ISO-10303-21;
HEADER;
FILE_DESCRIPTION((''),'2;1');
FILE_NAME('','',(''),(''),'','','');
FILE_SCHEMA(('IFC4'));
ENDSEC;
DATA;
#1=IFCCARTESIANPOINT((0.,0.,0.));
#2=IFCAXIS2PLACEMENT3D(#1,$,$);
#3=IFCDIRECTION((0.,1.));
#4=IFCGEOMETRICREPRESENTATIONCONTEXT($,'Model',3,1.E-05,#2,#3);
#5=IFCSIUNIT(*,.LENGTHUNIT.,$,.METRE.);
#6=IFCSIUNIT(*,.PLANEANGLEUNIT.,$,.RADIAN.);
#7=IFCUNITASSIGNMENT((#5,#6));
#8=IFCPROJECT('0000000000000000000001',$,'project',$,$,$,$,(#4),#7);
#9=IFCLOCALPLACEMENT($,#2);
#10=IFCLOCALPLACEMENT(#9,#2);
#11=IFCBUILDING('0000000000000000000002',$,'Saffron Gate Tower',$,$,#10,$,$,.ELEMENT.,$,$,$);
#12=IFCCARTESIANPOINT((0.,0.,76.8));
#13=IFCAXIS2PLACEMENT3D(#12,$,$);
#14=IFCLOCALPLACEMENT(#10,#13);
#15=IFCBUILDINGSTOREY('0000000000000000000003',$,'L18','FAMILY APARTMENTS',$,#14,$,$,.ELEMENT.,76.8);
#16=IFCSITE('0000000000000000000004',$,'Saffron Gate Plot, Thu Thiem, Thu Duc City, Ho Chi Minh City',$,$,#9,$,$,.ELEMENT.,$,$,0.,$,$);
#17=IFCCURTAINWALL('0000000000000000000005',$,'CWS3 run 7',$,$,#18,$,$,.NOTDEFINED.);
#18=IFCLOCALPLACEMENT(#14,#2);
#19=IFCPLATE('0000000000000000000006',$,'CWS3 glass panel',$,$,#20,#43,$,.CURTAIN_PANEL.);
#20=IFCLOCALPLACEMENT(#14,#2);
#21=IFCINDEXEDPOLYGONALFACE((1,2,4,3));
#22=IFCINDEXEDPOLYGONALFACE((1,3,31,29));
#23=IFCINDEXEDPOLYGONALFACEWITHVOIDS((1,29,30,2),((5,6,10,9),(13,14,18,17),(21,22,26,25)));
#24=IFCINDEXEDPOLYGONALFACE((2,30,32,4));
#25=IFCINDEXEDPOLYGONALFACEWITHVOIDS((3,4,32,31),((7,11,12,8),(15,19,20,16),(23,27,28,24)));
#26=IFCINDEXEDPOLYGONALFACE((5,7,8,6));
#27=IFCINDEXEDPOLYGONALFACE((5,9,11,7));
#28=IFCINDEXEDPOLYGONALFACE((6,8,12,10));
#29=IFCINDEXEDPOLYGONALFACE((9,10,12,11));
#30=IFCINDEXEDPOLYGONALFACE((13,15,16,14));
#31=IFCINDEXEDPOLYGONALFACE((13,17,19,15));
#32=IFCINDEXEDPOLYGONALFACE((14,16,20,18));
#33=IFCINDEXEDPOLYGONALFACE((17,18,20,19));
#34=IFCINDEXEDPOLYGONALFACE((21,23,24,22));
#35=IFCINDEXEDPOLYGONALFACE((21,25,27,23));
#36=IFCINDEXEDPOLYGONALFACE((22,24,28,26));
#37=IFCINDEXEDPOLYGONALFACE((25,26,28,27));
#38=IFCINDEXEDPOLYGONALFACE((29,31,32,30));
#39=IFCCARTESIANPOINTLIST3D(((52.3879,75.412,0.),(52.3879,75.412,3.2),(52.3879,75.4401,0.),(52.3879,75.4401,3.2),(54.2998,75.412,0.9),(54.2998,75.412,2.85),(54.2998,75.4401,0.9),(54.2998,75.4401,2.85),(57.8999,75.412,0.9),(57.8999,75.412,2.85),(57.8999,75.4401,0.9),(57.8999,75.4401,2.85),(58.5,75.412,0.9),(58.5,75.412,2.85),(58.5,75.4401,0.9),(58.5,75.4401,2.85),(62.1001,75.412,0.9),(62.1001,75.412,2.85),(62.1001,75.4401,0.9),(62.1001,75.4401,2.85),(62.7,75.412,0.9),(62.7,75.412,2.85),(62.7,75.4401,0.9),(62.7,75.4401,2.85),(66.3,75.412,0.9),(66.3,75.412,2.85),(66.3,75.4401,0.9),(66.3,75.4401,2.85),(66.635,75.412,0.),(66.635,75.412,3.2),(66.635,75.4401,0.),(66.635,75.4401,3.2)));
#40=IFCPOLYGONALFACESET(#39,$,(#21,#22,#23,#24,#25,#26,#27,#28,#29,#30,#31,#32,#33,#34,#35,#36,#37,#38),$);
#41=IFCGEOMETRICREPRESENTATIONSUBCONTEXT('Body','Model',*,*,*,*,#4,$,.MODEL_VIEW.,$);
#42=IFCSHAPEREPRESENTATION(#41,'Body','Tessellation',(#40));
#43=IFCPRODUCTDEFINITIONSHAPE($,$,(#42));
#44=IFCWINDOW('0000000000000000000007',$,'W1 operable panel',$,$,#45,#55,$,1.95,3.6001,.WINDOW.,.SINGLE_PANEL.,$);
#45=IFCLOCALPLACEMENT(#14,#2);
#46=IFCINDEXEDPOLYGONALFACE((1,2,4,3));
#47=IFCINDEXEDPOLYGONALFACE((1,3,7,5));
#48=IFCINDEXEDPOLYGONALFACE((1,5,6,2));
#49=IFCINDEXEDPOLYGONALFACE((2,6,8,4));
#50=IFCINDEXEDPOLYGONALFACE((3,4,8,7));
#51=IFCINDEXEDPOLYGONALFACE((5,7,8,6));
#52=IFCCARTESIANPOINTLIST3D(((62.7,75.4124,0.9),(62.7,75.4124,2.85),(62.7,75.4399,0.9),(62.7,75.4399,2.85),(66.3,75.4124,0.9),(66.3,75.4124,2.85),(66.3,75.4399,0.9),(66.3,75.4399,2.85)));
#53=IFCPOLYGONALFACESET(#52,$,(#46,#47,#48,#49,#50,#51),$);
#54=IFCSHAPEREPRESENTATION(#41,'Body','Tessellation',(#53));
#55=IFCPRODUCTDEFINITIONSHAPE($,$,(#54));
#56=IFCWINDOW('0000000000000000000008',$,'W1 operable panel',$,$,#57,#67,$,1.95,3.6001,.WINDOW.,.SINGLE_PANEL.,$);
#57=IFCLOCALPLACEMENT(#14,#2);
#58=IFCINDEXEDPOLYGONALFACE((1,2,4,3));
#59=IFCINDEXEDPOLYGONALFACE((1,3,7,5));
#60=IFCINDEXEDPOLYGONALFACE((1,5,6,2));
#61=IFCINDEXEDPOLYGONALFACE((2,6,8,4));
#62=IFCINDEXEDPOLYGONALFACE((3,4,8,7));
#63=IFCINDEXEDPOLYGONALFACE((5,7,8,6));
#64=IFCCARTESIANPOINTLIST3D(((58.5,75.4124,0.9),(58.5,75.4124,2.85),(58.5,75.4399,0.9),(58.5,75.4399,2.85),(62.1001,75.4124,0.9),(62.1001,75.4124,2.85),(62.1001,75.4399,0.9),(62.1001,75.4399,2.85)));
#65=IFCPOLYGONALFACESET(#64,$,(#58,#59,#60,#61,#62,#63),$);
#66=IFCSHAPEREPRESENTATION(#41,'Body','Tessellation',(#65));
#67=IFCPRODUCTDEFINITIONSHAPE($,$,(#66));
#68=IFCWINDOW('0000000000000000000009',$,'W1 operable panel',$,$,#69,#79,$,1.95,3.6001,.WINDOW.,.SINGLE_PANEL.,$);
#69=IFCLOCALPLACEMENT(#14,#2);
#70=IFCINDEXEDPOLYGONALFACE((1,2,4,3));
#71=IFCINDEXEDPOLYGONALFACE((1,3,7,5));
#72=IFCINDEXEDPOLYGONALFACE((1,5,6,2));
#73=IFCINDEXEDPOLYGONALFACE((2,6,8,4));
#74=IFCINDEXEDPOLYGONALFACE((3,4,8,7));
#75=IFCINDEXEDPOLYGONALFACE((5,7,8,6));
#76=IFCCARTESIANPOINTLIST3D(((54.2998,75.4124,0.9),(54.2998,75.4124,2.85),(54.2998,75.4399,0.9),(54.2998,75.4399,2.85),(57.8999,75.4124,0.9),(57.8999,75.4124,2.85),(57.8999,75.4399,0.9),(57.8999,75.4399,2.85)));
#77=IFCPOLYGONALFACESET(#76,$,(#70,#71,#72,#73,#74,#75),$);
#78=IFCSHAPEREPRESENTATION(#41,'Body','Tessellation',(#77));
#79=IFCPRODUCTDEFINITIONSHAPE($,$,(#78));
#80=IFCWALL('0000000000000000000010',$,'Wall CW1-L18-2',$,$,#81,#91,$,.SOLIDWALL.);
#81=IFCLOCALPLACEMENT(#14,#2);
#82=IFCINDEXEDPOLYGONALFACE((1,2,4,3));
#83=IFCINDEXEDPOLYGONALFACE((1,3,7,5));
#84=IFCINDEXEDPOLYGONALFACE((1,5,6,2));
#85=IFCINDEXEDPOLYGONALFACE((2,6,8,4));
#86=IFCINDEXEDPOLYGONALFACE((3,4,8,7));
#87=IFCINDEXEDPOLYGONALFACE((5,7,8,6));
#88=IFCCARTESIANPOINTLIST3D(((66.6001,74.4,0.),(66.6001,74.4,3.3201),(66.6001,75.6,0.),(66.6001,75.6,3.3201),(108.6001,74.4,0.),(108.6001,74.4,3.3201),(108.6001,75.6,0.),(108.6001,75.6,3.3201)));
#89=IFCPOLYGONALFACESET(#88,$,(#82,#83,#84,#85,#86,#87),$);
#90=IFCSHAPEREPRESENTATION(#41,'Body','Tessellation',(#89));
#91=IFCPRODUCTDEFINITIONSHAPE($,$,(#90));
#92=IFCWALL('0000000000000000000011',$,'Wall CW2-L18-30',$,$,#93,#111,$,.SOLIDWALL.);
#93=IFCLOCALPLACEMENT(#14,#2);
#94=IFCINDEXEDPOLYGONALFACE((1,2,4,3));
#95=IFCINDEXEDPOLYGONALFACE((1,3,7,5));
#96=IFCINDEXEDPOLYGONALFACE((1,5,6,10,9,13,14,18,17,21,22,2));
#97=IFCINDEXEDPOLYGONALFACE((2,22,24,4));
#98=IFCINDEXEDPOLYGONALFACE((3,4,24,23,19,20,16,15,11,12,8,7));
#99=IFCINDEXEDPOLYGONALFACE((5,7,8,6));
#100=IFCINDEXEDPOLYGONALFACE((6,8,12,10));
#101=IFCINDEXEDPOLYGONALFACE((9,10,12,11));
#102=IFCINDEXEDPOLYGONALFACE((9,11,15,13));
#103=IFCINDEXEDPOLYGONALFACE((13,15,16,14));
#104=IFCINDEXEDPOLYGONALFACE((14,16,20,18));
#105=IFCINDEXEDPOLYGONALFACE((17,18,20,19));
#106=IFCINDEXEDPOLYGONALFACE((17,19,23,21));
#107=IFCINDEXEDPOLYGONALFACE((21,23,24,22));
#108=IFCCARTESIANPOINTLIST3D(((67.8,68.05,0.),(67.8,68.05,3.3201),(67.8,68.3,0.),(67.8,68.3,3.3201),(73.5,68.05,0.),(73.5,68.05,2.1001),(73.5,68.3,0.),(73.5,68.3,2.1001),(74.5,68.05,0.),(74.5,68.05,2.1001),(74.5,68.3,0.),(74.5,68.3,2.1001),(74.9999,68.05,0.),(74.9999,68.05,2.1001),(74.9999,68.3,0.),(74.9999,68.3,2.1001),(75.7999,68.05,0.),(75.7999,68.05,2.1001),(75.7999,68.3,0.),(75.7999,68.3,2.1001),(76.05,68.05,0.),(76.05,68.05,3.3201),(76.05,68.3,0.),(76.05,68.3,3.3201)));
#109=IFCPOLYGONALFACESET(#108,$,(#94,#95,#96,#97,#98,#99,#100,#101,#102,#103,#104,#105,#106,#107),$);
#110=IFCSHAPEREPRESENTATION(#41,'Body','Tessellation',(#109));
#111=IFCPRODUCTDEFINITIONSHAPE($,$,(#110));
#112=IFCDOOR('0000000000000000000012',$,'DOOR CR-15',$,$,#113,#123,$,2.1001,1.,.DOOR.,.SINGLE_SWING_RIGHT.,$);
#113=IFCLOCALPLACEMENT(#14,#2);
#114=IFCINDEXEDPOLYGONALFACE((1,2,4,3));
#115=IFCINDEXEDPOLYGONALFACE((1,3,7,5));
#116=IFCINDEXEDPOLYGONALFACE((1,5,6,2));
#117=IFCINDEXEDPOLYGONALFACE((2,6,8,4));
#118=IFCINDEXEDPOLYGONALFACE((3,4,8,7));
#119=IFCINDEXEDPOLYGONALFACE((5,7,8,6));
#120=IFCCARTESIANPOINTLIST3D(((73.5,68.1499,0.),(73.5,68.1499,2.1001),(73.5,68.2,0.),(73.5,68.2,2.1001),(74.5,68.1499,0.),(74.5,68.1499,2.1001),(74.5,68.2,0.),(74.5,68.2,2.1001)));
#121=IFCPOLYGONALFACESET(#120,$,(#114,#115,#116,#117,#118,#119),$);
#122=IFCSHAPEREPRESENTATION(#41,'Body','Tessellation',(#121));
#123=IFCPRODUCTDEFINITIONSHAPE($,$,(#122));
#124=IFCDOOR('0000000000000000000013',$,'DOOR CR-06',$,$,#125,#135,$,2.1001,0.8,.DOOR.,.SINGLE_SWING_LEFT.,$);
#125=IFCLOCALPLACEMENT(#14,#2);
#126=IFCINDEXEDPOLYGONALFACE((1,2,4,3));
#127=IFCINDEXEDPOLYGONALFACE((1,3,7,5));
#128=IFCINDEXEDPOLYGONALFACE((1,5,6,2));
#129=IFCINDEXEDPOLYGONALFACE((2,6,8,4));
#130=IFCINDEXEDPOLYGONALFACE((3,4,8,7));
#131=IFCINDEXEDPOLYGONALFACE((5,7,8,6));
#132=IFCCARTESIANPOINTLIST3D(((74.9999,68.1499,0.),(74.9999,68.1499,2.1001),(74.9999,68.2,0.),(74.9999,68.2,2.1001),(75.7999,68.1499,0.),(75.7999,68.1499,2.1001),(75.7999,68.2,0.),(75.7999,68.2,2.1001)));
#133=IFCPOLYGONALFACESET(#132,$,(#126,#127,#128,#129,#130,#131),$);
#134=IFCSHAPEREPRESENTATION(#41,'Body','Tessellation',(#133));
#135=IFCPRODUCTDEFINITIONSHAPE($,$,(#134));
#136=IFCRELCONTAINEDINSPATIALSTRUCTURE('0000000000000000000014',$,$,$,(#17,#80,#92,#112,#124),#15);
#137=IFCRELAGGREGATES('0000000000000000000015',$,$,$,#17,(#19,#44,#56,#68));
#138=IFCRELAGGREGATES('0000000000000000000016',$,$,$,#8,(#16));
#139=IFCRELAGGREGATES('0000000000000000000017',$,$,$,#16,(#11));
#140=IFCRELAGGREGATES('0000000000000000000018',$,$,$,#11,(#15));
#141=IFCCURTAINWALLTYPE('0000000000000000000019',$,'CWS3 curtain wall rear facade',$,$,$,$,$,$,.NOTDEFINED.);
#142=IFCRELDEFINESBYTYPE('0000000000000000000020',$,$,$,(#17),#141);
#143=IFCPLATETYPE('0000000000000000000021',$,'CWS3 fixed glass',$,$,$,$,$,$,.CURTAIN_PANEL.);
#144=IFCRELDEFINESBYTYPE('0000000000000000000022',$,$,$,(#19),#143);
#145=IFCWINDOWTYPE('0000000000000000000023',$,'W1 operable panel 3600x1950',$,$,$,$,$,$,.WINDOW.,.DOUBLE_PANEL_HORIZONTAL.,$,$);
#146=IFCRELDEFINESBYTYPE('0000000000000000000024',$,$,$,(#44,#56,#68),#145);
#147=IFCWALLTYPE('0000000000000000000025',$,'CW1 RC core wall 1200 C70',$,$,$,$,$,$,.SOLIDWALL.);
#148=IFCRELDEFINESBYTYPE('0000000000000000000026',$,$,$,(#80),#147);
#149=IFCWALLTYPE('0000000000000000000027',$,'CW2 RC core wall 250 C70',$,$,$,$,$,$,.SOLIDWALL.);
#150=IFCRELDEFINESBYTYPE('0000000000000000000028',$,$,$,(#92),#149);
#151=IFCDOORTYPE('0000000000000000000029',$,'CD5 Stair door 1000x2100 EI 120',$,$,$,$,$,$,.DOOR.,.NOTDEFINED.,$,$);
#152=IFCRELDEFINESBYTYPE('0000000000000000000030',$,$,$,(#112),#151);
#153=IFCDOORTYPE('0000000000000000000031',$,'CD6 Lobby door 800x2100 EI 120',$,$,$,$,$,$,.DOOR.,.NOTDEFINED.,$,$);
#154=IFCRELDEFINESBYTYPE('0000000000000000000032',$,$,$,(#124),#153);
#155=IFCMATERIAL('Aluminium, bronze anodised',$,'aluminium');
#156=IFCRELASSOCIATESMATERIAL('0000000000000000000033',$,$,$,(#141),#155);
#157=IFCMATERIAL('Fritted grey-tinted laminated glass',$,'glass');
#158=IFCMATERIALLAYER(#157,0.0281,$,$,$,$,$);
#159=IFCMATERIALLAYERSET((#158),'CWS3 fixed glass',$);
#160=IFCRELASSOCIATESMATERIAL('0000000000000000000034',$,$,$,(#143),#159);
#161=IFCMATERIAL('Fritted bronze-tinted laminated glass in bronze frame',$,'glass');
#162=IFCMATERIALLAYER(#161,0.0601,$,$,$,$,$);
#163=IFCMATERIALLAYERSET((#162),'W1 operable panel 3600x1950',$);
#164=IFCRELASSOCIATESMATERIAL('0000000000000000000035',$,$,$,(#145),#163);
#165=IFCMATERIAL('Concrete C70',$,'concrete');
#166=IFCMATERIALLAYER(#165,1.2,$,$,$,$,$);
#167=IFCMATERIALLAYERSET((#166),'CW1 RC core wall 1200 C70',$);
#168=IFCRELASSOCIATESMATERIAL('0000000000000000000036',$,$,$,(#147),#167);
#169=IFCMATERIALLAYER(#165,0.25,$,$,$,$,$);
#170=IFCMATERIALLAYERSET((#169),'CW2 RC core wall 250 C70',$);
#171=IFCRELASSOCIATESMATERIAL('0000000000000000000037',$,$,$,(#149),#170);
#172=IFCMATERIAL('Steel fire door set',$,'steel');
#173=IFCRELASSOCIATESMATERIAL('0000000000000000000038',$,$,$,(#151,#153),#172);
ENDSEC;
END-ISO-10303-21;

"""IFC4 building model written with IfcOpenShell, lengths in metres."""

from ifc_helpers import new_model, si_unit, direction, frame, frame_2d, origin, place, context, subcontext, project, spatial, rectangle, extrude, material, layer, layer_set, type_object, element, fill, aggregate, save


model = new_model("IFC4")

# Units and contexts
model_context = context("Model", 3, precision=1e-05, world=origin(), true_north=direction((0.0, 1.0)))
body_context = subcontext(model_context, "Body", "Model", "MODEL_VIEW")
ifc_project = project(units=[si_unit("LENGTHUNIT", "METRE"), si_unit("PLANEANGLEUNIT", "RADIAN")], contexts=[model_context])

# Site, building, storey
site_placement = place(None, origin())
site = spatial("IfcSite", under=ifc_project, at=site_placement, Name="Saffron Gate Plot, Thu Thiem, Thu Duc City, Ho Chi Minh City", CompositionType="ELEMENT", RefElevation=0.0)
building_placement = place(site_placement, origin())
building = spatial("IfcBuilding", under=site, at=building_placement, Name="Saffron Gate Tower", CompositionType="ELEMENT")
storey_placement = place(building_placement, frame((0.0, 0.0, 76.8)))
storey = spatial("IfcBuildingStorey", under=building, at=storey_placement, Name="L18", Description="FAMILY APARTMENTS", CompositionType="ELEMENT", Elevation=76.8)

# Curtain wall, plate, openings, windows
ifc_material_1 = material(Name="Aluminium, bronze anodised", Category="aluminium")
curtain_wall_type = type_object("IfcCurtainWallType", Name="CWS3 curtain wall rear facade", PredefinedType="NOTDEFINED", material=ifc_material_1)
curtain_wall_placement = place(storey_placement, origin())
curtain_wall = element("IfcCurtainWall", 1, at=curtain_wall_placement, inside=storey, type_object=curtain_wall_type, Name="CWS3 run 7", PredefinedType="NOTDEFINED")
ifc_material_2 = material(Name="Fritted grey-tinted laminated glass", Category="glass")
ifc_layer_1 = layer(ifc_material_2, 0.0281)
ifc_layer_set_1 = layer_set([ifc_layer_1], Name="CWS3 fixed glass")
plate_type = type_object("IfcPlateType", Name="CWS3 fixed glass", PredefinedType="CURTAIN_PANEL", material=ifc_layer_set_1)
plate_placement = place(storey_placement, frame((66.635, 75.426, 0.0), z_axis=(0.0, 0.0, 1.0), x_axis=(-1.0, 0.0, 0.0)))
plate = element("IfcPlate", 2, at=plate_placement, type_object=plate_type, Name="CWS3 glass panel", PredefinedType="CURTAIN_PANEL", context=body_context, shape_type="SweptSolid", body=[
    extrude(rectangle(XDim=14.2471, YDim=0.0281, at=frame_2d((7.1235, 0.0))), origin(), (0.0, 0.0, 1.0), 3.2),
])
opening_1_placement = place(plate_placement, frame((0.335, 0.0, 0.8999)))
opening_1 = element("IfcOpeningElement", 3, at=opening_1_placement, cuts=plate, PredefinedType="OPENING", context=body_context, shape_type="SweptSolid", body=[
    extrude(rectangle(XDim=3.6001, YDim=1.95, at=frame_2d((1.8, 0.9751))), frame((0.0, 0.0239, 0.0), z_axis=(0.0, -1.0, 0.0), x_axis=(1.0, 0.0, 0.0)), (0.0, 0.0, 1.0), 0.0481),
])
opening_2_placement = place(plate_placement, frame((4.5349, 0.0, 0.8999)))
opening_2 = element("IfcOpeningElement", 4, at=opening_2_placement, cuts=plate, PredefinedType="OPENING", context=body_context, shape_type="SweptSolid", body=[
    extrude(rectangle(XDim=3.6001, YDim=1.95, at=frame_2d((1.8, 0.9751))), frame((0.0, 0.0239, 0.0), z_axis=(0.0, -1.0, 0.0), x_axis=(1.0, 0.0, 0.0)), (0.0, 0.0, 1.0), 0.0481),
])
opening_3_placement = place(plate_placement, frame((8.7351, 0.0, 0.8999)))
opening_3 = element("IfcOpeningElement", 5, at=opening_3_placement, cuts=plate, PredefinedType="OPENING", context=body_context, shape_type="SweptSolid", body=[
    extrude(rectangle(XDim=3.6001, YDim=1.95, at=frame_2d((1.8, 0.9751))), frame((0.0, 0.0239, 0.0), z_axis=(0.0, -1.0, 0.0), x_axis=(1.0, 0.0, 0.0)), (0.0, 0.0, 1.0), 0.0481),
])
ifc_material_3 = material(Name="Fritted bronze-tinted laminated glass in bronze frame", Category="glass")
ifc_layer_2 = layer(ifc_material_3, 0.0601)
ifc_layer_set_2 = layer_set([ifc_layer_2], Name="W1 operable panel 3600x1950")
window_type = type_object("IfcWindowType", Name="W1 operable panel 3600x1950", PartitioningType="DOUBLE_PANEL_HORIZONTAL", PredefinedType="WINDOW", material=ifc_layer_set_2)
window_1_placement = place(opening_1_placement, origin())
window_1 = element("IfcWindow", 6, at=window_1_placement, type_object=window_type, Name="W1 operable panel", OverallHeight=1.95, OverallWidth=3.6001, PartitioningType="SINGLE_PANEL", PredefinedType="WINDOW", context=body_context, shape_type="SweptSolid", body=[
    extrude(rectangle(XDim=3.6001, YDim=1.95, at=frame_2d((1.8, 0.9751))), frame((0.0, 0.0137, 0.0), z_axis=(0.0, -1.0, 0.0), x_axis=(1.0, 0.0, 0.0)), (0.0, 0.0, 1.0), 0.0276),
])
fill(opening_1, window_1)
window_2_placement = place(opening_2_placement, origin())
window_2 = element("IfcWindow", 7, at=window_2_placement, type_object=window_type, Name="W1 operable panel", OverallHeight=1.95, OverallWidth=3.6001, PartitioningType="SINGLE_PANEL", PredefinedType="WINDOW", context=body_context, shape_type="SweptSolid", body=[
    extrude(rectangle(XDim=3.6001, YDim=1.95, at=frame_2d((1.8, 0.9751))), frame((0.0, 0.0137, 0.0), z_axis=(0.0, -1.0, 0.0), x_axis=(1.0, 0.0, 0.0)), (0.0, 0.0, 1.0), 0.0276),
])
fill(opening_2, window_2)
window_3_placement = place(opening_3_placement, origin())
window_3 = element("IfcWindow", 8, at=window_3_placement, type_object=window_type, Name="W1 operable panel", OverallHeight=1.95, OverallWidth=3.6001, PartitioningType="SINGLE_PANEL", PredefinedType="WINDOW", context=body_context, shape_type="SweptSolid", body=[
    extrude(rectangle(XDim=3.6001, YDim=1.95, at=frame_2d((1.8, 0.9751))), frame((0.0, 0.0137, 0.0), z_axis=(0.0, -1.0, 0.0), x_axis=(1.0, 0.0, 0.0)), (0.0, 0.0, 1.0), 0.0276),
])
fill(opening_3, window_3)
aggregate(curtain_wall, [plate, window_1, window_2, window_3])

# Wall
ifc_material_4 = material(Name="Concrete C70", Category="concrete")
ifc_layer_3 = layer(ifc_material_4, 1.2)
ifc_layer_set_3 = layer_set([ifc_layer_3], Name="CW1 RC core wall 1200 C70")
wall_type_1 = type_object("IfcWallType", Name="CW1 RC core wall 1200 C70", PredefinedType="SOLIDWALL", material=ifc_layer_set_3)
wall_1_placement = place(storey_placement, frame((66.6001, 75.0, 0.0), z_axis=(0.0, 0.0, 1.0), x_axis=(1.0, 0.0, 0.0)))
element("IfcWall", 9, at=wall_1_placement, inside=storey, type_object=wall_type_1, Name="Wall CW1-L18-2", PredefinedType="SOLIDWALL", context=body_context, shape_type="SweptSolid", body=[
    extrude(rectangle(XDim=42.0, YDim=1.2, at=frame_2d((21.0, 0.0))), origin(), (0.0, 0.0, 1.0), 3.3201),
])

# Wall, openings, doors
ifc_layer_4 = layer(ifc_material_4, 0.25)
ifc_layer_set_4 = layer_set([ifc_layer_4], Name="CW2 RC core wall 250 C70")
wall_type_2 = type_object("IfcWallType", Name="CW2 RC core wall 250 C70", PredefinedType="SOLIDWALL", material=ifc_layer_set_4)
wall_2_placement = place(storey_placement, frame((67.8, 68.175, 0.0), z_axis=(0.0, 0.0, 1.0), x_axis=(1.0, 0.0, 0.0)))
wall_2 = element("IfcWall", 10, at=wall_2_placement, inside=storey, type_object=wall_type_2, Name="Wall CW2-L18-30", PredefinedType="SOLIDWALL", context=body_context, shape_type="SweptSolid", body=[
    extrude(rectangle(XDim=8.25, YDim=0.25, at=frame_2d((4.125, 0.0))), origin(), (0.0, 0.0, 1.0), 3.3201),
])
opening_4_placement = place(wall_2_placement, frame((5.7, 0.0, 0.0)))
opening_4 = element("IfcOpeningElement", 11, at=opening_4_placement, cuts=wall_2, PredefinedType="OPENING", context=body_context, shape_type="SweptSolid", body=[
    extrude(rectangle(XDim=1.0, YDim=2.1001, at=frame_2d((0.5, 1.05))), frame((0.0, 0.135, 0.0), z_axis=(0.0, -1.0, 0.0), x_axis=(1.0, 0.0, 0.0)), (0.0, 0.0, 1.0), 0.27),
])
opening_5_placement = place(wall_2_placement, frame((7.2, 0.0, 0.0)))
opening_5 = element("IfcOpeningElement", 12, at=opening_5_placement, cuts=wall_2, PredefinedType="OPENING", context=body_context, shape_type="SweptSolid", body=[
    extrude(rectangle(XDim=0.8, YDim=2.1001, at=frame_2d((0.3999, 1.05))), frame((0.0, 0.135, 0.0), z_axis=(0.0, -1.0, 0.0), x_axis=(1.0, 0.0, 0.0)), (0.0, 0.0, 1.0), 0.27),
])
ifc_material_5 = material(Name="Steel fire door set", Category="steel")
door_type_1 = type_object("IfcDoorType", Name="CD5 Stair door 1000x2100 EI 120", OperationType="NOTDEFINED", PredefinedType="DOOR", material=ifc_material_5)
door_1_placement = place(opening_4_placement, origin())
door_1 = element("IfcDoor", 13, at=door_1_placement, inside=storey, type_object=door_type_1, Name="DOOR CR-15", OperationType="SINGLE_SWING_RIGHT", OverallHeight=2.1001, OverallWidth=1.0, PredefinedType="DOOR", context=body_context, shape_type="SweptSolid", body=[
    extrude(rectangle(XDim=1.0, YDim=2.1001, at=frame_2d((0.5, 1.05))), frame((0.0, 0.0249, 0.0), z_axis=(0.0, -1.0, 0.0), x_axis=(1.0, 0.0, 0.0)), (0.0, 0.0, 1.0), 0.05),
])
fill(opening_4, door_1)
door_type_2 = type_object("IfcDoorType", Name="CD6 Lobby door 800x2100 EI 120", OperationType="NOTDEFINED", PredefinedType="DOOR", material=ifc_material_5)
door_2_placement = place(opening_5_placement, origin())
door_2 = element("IfcDoor", 14, at=door_2_placement, inside=storey, type_object=door_type_2, Name="DOOR CR-06", OperationType="SINGLE_SWING_LEFT", OverallHeight=2.1001, OverallWidth=0.8, PredefinedType="DOOR", context=body_context, shape_type="SweptSolid", body=[
    extrude(rectangle(XDim=0.8, YDim=2.1001, at=frame_2d((0.3999, 1.05))), frame((0.0, 0.0249, 0.0), z_axis=(0.0, -1.0, 0.0), x_axis=(1.0, 0.0, 0.0)), (0.0, 0.0, 1.0), 0.05),
])
fill(opening_5, door_2)

save(model, "model.ifc")
